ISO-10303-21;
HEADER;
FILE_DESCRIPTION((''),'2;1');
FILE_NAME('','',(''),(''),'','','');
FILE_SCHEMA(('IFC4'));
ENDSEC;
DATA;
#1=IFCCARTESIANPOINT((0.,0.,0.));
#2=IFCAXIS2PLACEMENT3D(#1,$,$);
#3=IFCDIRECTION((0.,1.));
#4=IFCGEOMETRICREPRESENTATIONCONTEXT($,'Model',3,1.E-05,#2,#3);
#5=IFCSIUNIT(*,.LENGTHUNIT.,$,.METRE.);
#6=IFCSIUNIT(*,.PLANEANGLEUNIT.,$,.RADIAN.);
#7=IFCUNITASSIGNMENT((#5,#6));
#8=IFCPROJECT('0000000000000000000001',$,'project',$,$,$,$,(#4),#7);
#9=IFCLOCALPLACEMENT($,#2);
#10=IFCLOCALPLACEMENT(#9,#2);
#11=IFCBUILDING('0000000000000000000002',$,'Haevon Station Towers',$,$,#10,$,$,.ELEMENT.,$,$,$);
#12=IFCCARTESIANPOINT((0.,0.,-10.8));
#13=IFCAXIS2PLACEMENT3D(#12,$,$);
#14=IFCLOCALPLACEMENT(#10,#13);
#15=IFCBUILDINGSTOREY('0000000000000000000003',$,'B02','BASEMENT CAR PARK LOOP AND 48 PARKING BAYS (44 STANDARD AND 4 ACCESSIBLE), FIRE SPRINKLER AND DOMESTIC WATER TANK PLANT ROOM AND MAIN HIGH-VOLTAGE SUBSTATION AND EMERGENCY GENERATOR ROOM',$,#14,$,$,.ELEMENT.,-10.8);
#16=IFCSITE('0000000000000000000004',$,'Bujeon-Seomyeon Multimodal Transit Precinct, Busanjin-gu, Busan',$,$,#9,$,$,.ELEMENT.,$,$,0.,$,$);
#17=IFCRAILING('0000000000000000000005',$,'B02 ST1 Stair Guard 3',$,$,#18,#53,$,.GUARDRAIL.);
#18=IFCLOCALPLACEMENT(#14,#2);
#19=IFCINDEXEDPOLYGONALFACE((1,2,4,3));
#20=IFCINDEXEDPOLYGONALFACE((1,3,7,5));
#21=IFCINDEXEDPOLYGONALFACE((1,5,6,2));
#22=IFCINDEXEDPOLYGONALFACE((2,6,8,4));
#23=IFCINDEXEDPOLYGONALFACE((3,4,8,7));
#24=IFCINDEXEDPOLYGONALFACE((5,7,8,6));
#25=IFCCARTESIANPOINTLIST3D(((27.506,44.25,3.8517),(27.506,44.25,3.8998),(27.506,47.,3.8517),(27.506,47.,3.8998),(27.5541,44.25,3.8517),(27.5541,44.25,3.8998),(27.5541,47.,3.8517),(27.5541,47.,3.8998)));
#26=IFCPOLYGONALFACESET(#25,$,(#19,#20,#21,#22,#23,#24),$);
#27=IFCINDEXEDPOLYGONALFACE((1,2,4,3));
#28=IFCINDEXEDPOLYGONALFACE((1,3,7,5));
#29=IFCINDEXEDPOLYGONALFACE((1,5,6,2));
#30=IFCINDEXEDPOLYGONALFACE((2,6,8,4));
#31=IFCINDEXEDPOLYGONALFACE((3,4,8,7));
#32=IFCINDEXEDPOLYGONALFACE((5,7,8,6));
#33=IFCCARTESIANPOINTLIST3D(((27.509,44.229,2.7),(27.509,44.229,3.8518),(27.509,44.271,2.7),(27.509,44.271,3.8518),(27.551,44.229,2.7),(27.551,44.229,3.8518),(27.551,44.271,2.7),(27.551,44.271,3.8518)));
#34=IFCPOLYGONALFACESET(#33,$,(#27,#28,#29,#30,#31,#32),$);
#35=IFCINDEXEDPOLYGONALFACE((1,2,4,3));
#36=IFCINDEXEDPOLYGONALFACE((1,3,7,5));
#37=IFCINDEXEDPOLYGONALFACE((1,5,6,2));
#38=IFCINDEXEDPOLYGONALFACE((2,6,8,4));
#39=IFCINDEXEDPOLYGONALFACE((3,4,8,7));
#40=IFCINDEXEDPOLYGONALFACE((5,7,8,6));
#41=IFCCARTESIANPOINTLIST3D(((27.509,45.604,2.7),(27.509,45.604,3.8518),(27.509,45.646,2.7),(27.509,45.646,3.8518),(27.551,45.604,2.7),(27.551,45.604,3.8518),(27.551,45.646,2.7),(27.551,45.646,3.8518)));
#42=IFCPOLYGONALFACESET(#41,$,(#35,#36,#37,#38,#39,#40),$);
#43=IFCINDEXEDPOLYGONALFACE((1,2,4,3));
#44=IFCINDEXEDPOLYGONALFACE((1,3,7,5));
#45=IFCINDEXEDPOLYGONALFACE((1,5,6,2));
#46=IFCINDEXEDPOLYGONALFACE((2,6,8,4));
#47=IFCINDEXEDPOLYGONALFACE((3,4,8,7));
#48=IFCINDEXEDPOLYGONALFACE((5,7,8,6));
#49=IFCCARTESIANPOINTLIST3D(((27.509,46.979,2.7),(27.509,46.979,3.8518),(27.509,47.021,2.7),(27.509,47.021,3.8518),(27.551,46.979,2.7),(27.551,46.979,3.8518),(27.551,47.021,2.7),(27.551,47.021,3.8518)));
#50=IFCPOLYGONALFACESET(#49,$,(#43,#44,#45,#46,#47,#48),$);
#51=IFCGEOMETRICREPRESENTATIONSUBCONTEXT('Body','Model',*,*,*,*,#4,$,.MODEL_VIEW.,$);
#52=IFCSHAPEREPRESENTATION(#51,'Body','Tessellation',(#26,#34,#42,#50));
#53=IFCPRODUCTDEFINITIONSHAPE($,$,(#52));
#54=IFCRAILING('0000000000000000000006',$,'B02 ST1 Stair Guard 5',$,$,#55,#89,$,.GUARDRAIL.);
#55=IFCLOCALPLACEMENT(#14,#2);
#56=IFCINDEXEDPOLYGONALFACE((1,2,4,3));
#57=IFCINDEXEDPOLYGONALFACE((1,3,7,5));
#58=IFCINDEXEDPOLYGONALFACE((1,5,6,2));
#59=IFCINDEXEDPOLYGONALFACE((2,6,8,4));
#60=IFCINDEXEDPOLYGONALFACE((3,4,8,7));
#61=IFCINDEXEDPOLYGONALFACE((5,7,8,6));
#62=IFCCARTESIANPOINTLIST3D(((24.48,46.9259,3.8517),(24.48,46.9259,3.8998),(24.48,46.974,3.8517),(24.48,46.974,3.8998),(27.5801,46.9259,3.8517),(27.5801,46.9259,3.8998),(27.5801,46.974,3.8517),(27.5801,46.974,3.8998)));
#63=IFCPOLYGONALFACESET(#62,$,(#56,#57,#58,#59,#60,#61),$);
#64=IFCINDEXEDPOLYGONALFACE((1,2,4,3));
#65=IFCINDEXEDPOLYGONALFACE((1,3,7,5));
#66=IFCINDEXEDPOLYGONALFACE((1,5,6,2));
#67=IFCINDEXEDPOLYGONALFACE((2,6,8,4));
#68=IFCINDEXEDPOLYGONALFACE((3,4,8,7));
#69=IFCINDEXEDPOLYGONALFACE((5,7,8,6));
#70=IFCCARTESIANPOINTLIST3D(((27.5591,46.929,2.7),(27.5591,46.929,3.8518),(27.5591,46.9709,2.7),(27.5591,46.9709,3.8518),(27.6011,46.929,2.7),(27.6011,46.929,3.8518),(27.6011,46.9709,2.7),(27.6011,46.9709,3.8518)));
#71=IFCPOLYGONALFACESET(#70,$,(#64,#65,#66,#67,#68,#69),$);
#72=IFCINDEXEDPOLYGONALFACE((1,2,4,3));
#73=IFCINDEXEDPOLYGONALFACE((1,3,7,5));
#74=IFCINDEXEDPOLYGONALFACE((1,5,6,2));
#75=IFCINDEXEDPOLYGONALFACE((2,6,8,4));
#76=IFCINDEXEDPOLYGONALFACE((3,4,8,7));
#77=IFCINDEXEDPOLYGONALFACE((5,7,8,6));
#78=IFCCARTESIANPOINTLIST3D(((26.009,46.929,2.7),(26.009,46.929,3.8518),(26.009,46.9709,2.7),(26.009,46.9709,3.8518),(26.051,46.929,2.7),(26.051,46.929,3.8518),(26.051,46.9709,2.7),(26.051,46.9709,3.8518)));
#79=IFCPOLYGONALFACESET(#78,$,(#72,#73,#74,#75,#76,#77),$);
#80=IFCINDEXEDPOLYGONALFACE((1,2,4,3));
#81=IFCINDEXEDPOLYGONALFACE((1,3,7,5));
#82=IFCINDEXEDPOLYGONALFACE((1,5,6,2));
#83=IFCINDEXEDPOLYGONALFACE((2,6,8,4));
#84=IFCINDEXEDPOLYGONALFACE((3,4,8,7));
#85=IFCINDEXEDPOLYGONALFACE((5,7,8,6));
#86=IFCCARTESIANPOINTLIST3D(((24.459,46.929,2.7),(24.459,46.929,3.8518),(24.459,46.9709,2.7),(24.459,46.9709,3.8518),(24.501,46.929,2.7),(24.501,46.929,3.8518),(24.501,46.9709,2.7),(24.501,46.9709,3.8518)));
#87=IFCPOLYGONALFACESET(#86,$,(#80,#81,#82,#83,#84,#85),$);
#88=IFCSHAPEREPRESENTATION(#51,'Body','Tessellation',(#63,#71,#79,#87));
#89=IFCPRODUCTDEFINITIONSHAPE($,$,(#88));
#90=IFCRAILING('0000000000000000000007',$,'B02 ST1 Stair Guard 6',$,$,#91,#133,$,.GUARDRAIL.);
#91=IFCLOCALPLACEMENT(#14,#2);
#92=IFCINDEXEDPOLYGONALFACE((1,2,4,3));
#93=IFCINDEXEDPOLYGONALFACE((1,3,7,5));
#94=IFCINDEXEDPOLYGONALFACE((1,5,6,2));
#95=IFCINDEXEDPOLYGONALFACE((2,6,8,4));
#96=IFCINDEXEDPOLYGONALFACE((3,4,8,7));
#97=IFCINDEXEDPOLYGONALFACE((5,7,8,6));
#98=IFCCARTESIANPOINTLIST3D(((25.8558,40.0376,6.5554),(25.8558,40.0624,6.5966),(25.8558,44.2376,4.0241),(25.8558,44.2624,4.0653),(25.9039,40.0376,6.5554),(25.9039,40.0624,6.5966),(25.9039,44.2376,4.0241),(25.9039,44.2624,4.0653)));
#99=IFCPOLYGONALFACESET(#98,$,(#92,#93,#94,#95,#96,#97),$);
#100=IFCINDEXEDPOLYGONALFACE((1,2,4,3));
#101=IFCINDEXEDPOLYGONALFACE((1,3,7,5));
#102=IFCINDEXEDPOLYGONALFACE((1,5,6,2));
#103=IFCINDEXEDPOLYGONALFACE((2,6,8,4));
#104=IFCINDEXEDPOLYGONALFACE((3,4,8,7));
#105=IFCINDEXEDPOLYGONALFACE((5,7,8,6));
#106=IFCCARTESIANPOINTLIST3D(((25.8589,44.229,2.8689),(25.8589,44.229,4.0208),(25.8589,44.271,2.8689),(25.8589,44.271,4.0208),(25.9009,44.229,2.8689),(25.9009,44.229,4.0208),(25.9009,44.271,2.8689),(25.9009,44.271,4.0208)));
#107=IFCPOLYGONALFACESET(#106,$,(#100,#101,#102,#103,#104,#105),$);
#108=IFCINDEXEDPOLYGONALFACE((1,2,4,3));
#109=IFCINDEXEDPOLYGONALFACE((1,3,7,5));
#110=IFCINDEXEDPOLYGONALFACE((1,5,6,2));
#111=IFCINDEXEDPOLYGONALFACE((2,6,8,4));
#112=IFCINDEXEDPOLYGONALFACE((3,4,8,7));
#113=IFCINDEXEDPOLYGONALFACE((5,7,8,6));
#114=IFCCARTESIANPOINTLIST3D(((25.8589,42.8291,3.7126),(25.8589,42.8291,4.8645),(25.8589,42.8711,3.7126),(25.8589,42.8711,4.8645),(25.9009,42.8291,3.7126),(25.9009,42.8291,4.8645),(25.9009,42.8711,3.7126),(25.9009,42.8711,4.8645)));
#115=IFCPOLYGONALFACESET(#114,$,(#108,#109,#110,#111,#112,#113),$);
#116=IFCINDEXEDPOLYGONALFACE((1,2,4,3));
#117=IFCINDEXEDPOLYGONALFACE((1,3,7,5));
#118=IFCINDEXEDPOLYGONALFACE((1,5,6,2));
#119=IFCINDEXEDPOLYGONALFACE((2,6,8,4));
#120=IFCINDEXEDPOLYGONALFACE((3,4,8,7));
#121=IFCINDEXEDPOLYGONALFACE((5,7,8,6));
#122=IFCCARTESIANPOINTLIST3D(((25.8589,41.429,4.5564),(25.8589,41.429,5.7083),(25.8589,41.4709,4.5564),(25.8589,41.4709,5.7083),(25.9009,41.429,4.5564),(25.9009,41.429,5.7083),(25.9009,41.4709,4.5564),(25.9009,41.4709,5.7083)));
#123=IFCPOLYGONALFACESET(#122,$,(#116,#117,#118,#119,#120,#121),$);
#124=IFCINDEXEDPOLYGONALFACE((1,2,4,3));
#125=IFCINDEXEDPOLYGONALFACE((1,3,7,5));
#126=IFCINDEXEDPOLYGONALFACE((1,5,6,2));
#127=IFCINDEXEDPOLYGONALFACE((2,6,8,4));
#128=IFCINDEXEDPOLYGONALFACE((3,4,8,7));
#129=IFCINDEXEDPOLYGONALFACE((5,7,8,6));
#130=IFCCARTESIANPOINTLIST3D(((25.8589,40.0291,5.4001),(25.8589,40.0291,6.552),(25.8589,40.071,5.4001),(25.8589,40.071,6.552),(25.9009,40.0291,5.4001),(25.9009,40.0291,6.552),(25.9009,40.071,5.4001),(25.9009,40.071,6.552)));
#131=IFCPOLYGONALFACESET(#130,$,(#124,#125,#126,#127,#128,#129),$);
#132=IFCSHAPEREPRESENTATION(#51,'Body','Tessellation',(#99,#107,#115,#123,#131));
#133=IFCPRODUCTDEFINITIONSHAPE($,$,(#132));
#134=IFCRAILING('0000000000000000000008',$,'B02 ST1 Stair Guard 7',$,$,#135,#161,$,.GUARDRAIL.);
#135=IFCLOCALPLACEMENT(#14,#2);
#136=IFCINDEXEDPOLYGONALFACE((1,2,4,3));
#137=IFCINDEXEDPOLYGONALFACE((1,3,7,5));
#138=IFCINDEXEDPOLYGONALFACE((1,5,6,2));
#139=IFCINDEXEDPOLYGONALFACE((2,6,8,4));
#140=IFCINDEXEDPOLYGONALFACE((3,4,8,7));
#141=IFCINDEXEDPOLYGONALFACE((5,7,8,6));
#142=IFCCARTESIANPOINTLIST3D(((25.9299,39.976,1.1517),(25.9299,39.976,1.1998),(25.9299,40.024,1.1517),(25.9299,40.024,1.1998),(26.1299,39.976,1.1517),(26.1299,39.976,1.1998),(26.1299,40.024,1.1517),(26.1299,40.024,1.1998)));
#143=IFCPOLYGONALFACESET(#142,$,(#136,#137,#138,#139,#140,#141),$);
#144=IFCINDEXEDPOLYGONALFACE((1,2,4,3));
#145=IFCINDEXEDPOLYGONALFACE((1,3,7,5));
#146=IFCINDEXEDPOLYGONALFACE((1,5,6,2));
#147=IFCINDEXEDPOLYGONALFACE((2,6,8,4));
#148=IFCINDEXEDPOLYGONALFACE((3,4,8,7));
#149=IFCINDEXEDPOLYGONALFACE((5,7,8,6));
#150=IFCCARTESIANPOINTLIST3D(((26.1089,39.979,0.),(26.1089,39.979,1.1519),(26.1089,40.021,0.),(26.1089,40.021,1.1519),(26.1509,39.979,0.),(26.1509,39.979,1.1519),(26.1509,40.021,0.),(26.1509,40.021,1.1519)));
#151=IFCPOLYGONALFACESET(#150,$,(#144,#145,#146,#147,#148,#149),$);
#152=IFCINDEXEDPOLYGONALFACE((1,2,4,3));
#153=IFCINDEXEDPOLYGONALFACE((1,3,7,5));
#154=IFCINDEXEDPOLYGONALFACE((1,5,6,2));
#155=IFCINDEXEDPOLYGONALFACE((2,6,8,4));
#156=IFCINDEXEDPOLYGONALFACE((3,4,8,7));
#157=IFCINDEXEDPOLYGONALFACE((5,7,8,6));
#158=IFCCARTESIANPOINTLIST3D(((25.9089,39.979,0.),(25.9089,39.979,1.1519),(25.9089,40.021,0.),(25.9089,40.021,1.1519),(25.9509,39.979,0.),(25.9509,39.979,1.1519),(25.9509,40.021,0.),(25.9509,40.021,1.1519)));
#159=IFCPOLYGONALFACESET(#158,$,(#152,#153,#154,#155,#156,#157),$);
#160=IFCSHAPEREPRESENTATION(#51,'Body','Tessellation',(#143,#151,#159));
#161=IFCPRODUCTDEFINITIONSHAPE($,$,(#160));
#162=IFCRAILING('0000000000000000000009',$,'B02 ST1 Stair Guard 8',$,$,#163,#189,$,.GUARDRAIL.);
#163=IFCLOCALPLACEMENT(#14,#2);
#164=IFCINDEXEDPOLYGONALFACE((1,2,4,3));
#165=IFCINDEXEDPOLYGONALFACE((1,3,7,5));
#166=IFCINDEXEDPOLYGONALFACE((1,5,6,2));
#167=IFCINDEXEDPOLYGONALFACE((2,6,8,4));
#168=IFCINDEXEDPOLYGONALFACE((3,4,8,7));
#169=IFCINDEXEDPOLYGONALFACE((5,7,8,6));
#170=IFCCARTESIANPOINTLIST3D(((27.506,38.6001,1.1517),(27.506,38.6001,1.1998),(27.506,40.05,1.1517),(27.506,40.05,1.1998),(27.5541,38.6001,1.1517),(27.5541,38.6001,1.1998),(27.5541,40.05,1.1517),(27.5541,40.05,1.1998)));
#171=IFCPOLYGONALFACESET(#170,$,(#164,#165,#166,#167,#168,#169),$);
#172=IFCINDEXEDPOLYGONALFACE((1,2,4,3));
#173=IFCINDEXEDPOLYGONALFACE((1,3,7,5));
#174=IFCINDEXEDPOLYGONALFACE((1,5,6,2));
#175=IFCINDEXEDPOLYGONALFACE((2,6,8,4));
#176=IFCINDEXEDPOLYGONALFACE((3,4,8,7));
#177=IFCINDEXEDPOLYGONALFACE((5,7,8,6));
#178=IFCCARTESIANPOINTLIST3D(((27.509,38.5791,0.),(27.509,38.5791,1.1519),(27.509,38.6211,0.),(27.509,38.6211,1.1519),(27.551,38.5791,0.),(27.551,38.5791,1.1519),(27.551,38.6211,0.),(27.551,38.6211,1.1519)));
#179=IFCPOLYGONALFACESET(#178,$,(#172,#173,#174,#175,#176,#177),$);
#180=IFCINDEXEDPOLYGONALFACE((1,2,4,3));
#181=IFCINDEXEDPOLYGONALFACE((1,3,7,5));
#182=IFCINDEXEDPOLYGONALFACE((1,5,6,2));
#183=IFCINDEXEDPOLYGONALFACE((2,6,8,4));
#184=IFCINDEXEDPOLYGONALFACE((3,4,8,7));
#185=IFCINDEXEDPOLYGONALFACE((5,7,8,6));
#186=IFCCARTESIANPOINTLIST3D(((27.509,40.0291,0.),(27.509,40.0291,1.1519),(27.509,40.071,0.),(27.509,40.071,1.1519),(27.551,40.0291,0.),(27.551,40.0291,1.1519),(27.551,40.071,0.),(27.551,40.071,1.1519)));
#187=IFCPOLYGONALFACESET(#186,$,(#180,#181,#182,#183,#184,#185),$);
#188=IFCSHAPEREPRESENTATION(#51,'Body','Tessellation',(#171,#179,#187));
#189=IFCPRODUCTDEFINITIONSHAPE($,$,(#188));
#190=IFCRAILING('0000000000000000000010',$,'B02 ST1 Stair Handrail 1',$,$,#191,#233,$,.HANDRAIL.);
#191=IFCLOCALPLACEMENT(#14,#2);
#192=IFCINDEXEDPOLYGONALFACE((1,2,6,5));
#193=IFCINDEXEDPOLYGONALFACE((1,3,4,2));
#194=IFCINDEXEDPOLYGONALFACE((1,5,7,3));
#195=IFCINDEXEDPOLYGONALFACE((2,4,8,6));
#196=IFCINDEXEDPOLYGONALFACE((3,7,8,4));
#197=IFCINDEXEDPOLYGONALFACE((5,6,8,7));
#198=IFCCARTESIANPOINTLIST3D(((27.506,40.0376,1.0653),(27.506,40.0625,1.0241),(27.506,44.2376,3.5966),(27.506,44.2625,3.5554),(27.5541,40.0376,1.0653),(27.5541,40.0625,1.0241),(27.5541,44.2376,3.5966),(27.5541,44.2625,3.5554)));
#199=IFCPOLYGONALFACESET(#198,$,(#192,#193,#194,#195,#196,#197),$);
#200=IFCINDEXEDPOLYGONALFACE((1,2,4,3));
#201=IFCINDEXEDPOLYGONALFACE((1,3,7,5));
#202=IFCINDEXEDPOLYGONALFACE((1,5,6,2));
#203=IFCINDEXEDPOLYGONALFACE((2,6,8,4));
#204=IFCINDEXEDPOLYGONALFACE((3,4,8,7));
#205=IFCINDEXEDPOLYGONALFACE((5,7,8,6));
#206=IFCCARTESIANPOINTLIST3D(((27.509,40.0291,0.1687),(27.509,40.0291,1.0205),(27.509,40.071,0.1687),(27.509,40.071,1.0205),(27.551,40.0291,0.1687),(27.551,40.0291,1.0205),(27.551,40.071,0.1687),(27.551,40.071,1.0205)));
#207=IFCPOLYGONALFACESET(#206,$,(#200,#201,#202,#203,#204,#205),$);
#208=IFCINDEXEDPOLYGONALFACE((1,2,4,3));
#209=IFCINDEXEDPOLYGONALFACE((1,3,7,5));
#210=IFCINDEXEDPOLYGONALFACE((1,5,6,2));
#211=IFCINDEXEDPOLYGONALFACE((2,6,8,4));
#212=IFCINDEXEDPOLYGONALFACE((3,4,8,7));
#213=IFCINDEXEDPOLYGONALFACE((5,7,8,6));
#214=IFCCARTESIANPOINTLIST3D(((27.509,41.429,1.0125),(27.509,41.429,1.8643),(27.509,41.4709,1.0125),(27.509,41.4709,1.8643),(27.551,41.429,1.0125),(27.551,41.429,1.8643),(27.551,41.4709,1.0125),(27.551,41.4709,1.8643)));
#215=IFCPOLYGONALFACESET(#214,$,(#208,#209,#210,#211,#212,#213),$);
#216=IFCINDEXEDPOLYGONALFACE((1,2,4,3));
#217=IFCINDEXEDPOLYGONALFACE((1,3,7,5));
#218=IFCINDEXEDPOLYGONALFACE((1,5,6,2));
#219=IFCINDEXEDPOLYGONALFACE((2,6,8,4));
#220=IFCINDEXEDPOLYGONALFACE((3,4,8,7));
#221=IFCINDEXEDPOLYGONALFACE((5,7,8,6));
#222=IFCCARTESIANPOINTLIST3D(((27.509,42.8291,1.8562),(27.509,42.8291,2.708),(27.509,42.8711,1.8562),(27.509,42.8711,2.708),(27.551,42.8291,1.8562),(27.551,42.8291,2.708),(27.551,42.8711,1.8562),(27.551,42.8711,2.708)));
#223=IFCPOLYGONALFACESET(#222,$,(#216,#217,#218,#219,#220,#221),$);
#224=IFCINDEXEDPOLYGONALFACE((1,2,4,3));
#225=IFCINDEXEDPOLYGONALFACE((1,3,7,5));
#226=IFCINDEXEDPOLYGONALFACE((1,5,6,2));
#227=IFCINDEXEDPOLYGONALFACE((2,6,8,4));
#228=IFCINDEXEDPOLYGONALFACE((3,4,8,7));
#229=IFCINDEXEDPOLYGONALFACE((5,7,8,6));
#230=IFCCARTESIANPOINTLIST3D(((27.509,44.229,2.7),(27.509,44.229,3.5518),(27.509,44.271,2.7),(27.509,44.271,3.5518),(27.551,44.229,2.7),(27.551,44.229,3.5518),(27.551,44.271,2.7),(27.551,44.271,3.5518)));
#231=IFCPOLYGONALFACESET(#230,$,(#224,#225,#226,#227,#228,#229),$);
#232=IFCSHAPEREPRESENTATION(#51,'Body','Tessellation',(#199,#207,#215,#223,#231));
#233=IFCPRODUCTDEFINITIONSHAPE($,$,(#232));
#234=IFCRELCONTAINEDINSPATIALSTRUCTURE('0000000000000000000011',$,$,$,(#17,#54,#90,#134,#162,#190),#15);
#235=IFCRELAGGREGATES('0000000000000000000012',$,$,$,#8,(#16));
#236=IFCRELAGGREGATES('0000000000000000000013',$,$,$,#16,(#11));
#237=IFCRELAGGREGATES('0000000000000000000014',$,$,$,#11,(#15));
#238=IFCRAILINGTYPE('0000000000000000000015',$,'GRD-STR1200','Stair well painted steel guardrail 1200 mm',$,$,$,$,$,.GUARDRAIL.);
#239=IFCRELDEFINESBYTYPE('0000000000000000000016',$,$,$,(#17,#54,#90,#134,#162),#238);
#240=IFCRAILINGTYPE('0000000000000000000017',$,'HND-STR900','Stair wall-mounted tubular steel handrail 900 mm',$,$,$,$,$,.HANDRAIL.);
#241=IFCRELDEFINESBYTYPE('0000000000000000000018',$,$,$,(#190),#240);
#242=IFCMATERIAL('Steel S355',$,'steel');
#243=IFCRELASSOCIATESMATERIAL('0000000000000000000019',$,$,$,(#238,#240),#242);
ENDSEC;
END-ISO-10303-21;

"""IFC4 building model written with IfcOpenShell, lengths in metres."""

from ifc_helpers import new_model, si_unit, direction, frame, origin, origin_2d, place, context, subcontext, project, spatial, rectangle, extrude, material, type_object, element, save


model = new_model("IFC4")

# Units and contexts
model_context = context("Model", 3, precision=1e-05, world=origin(), true_north=direction((0.0, 1.0)))
body_context = subcontext(model_context, "Body", "Model", "MODEL_VIEW")
ifc_project = project(units=[si_unit("LENGTHUNIT", "METRE"), si_unit("PLANEANGLEUNIT", "RADIAN")], contexts=[model_context])

# Site, building, storey
site_placement = place(None, origin())
site = spatial("IfcSite", under=ifc_project, at=site_placement, Name="Bujeon-Seomyeon Multimodal Transit Precinct, Busanjin-gu, Busan", CompositionType="ELEMENT", RefElevation=0.0)
building_placement = place(site_placement, origin())
building = spatial("IfcBuilding", under=site, at=building_placement, Name="Haevon Station Towers", CompositionType="ELEMENT")
storey_placement = place(building_placement, frame((0.0, 0.0, -10.8)))
storey = spatial("IfcBuildingStorey", under=building, at=storey_placement, Name="B02", Description="BASEMENT CAR PARK LOOP AND 48 PARKING BAYS (44 STANDARD AND 4 ACCESSIBLE), FIRE SPRINKLER AND DOMESTIC WATER TANK PLANT ROOM AND MAIN HIGH-VOLTAGE SUBSTATION AND EMERGENCY GENERATOR ROOM", CompositionType="ELEMENT", Elevation=-10.8)

# Shared definitions
ifc_material_1 = material(Name="Steel S355", Category="steel")

# Railings
railing_type_1 = type_object("IfcRailingType", Name="GRD-STR1200", Description="Stair well painted steel guardrail 1200 mm", PredefinedType="GUARDRAIL", material=ifc_material_1)
railing_1_placement = place(storey_placement, frame((27.53, 44.25, 2.7)))
element("IfcRailing", 1, at=railing_1_placement, inside=storey, type_object=railing_type_1, Name="B02 ST1 Stair Guard 3", PredefinedType="GUARDRAIL", context=body_context, shape_type="SweptSolid", body=[
    extrude(rectangle(XDim=0.0481, YDim=0.0481, at=origin_2d()), frame((0.0, 0.0, 1.1758), z_axis=(0.0, 1.0, 0.0), x_axis=(-1.0, 0.0, 0.0)), (0.0, 0.0, 1.0), 2.75),
    extrude(rectangle(XDim=0.042, YDim=0.042, at=origin_2d()), origin(), (0.0, 0.0, 1.0), 1.1519),
    extrude(rectangle(XDim=0.042, YDim=0.042, at=origin_2d()), frame((0.0, 1.375, 0.0)), (0.0, 0.0, 1.0), 1.1519),
    extrude(rectangle(XDim=0.042, YDim=0.042, at=origin_2d()), frame((0.0, 2.75, 0.0)), (0.0, 0.0, 1.0), 1.1519),
])
railing_2_placement = place(storey_placement, frame((27.5801, 46.95, 2.7)))
element("IfcRailing", 2, at=railing_2_placement, inside=storey, type_object=railing_type_1, Name="B02 ST1 Stair Guard 5", PredefinedType="GUARDRAIL", context=body_context, shape_type="SweptSolid", body=[
    extrude(rectangle(XDim=0.0481, YDim=0.0481, at=origin_2d()), frame((0.0, 0.0, 1.1758), z_axis=(-1.0, 0.0, 0.0), x_axis=(0.0, -1.0, 0.0)), (0.0, 0.0, 1.0), 3.1001),
    extrude(rectangle(XDim=0.042, YDim=0.042, at=origin_2d()), origin(), (0.0, 0.0, 1.0), 1.1519),
    extrude(rectangle(XDim=0.042, YDim=0.042, at=origin_2d()), frame((-1.55, 0.0, 0.0)), (0.0, 0.0, 1.0), 1.1519),
    extrude(rectangle(XDim=0.042, YDim=0.042, at=origin_2d()), frame((-3.1001, 0.0, 0.0)), (0.0, 0.0, 1.0), 1.1519),
])
railing_3_placement = place(storey_placement, frame((25.8799, 44.25, 2.8689)))
element("IfcRailing", 3, at=railing_3_placement, inside=storey, type_object=railing_type_1, Name="B02 ST1 Stair Guard 6", PredefinedType="GUARDRAIL", context=body_context, shape_type="SweptSolid", body=[
    extrude(rectangle(XDim=0.0481, YDim=0.0481, at=origin_2d()), frame((0.0, 0.0, 1.1758), z_axis=(0.0, -0.856476, 0.516186), x_axis=(1.0, 0.0, 0.0)), (0.0, 0.0, 1.0), 4.9038),
    extrude(rectangle(XDim=0.042, YDim=0.042, at=origin_2d()), origin(), (0.0, 0.0, 1.0), 1.1519),
    extrude(rectangle(XDim=0.042, YDim=0.042, at=origin_2d()), frame((0.0, -1.3999, 0.8438)), (0.0, 0.0, 1.0), 1.1519),
    extrude(rectangle(XDim=0.042, YDim=0.042, at=origin_2d()), frame((0.0, -2.8, 1.6875)), (0.0, 0.0, 1.0), 1.1519),
    extrude(rectangle(XDim=0.042, YDim=0.042, at=origin_2d()), frame((0.0, -4.2, 2.5312)), (0.0, 0.0, 1.0), 1.1519),
])
railing_4_placement = place(storey_placement, frame((26.1299, 40.0, 0.0)))
element("IfcRailing", 4, at=railing_4_placement, inside=storey, type_object=railing_type_1, Name="B02 ST1 Stair Guard 7", PredefinedType="GUARDRAIL", context=body_context, shape_type="SweptSolid", body=[
    extrude(rectangle(XDim=0.0481, YDim=0.0481, at=origin_2d()), frame((0.0, 0.0, 1.1758), z_axis=(-1.0, 0.0, 0.0), x_axis=(0.0, -1.0, 0.0)), (0.0, 0.0, 1.0), 0.2),
    extrude(rectangle(XDim=0.042, YDim=0.042, at=origin_2d()), origin(), (0.0, 0.0, 1.0), 1.1519),
    extrude(rectangle(XDim=0.042, YDim=0.042, at=origin_2d()), frame((-0.2, 0.0, 0.0)), (0.0, 0.0, 1.0), 1.1519),
])
railing_5_placement = place(storey_placement, frame((27.53, 38.6001, 0.0)))
element("IfcRailing", 5, at=railing_5_placement, inside=storey, type_object=railing_type_1, Name="B02 ST1 Stair Guard 8", PredefinedType="GUARDRAIL", context=body_context, shape_type="SweptSolid", body=[
    extrude(rectangle(XDim=0.0481, YDim=0.0481, at=origin_2d()), frame((0.0, 0.0, 1.1758), z_axis=(0.0, 1.0, 0.0), x_axis=(-1.0, 0.0, 0.0)), (0.0, 0.0, 1.0), 1.45),
    extrude(rectangle(XDim=0.042, YDim=0.042, at=origin_2d()), origin(), (0.0, 0.0, 1.0), 1.1519),
    extrude(rectangle(XDim=0.042, YDim=0.042, at=origin_2d()), frame((0.0, 1.45, 0.0)), (0.0, 0.0, 1.0), 1.1519),
])
railing_type_2 = type_object("IfcRailingType", Name="HND-STR900", Description="Stair wall-mounted tubular steel handrail 900 mm", PredefinedType="HANDRAIL", material=ifc_material_1)
railing_6_placement = place(storey_placement, frame((27.53, 40.05, 0.1687)))
element("IfcRailing", 6, at=railing_6_placement, inside=storey, type_object=railing_type_2, Name="B02 ST1 Stair Handrail 1", PredefinedType="HANDRAIL", context=body_context, shape_type="SweptSolid", body=[
    extrude(rectangle(XDim=0.0481, YDim=0.0481, at=origin_2d()), frame((0.0, 0.0, 0.876), z_axis=(0.0, 0.856476, 0.516186), x_axis=(-1.0, 0.0, 0.0)), (0.0, 0.0, 1.0), 4.9038),
    extrude(rectangle(XDim=0.042, YDim=0.042, at=origin_2d()), origin(), (0.0, 0.0, 1.0), 0.8518),
    extrude(rectangle(XDim=0.042, YDim=0.042, at=origin_2d()), frame((0.0, 1.3999, 0.8438)), (0.0, 0.0, 1.0), 0.8518),
    extrude(rectangle(XDim=0.042, YDim=0.042, at=origin_2d()), frame((0.0, 2.8, 1.6875)), (0.0, 0.0, 1.0), 0.8518),
    extrude(rectangle(XDim=0.042, YDim=0.042, at=origin_2d()), frame((0.0, 4.2, 2.5312)), (0.0, 0.0, 1.0), 0.8518),
])

save(model, "model.ifc")
